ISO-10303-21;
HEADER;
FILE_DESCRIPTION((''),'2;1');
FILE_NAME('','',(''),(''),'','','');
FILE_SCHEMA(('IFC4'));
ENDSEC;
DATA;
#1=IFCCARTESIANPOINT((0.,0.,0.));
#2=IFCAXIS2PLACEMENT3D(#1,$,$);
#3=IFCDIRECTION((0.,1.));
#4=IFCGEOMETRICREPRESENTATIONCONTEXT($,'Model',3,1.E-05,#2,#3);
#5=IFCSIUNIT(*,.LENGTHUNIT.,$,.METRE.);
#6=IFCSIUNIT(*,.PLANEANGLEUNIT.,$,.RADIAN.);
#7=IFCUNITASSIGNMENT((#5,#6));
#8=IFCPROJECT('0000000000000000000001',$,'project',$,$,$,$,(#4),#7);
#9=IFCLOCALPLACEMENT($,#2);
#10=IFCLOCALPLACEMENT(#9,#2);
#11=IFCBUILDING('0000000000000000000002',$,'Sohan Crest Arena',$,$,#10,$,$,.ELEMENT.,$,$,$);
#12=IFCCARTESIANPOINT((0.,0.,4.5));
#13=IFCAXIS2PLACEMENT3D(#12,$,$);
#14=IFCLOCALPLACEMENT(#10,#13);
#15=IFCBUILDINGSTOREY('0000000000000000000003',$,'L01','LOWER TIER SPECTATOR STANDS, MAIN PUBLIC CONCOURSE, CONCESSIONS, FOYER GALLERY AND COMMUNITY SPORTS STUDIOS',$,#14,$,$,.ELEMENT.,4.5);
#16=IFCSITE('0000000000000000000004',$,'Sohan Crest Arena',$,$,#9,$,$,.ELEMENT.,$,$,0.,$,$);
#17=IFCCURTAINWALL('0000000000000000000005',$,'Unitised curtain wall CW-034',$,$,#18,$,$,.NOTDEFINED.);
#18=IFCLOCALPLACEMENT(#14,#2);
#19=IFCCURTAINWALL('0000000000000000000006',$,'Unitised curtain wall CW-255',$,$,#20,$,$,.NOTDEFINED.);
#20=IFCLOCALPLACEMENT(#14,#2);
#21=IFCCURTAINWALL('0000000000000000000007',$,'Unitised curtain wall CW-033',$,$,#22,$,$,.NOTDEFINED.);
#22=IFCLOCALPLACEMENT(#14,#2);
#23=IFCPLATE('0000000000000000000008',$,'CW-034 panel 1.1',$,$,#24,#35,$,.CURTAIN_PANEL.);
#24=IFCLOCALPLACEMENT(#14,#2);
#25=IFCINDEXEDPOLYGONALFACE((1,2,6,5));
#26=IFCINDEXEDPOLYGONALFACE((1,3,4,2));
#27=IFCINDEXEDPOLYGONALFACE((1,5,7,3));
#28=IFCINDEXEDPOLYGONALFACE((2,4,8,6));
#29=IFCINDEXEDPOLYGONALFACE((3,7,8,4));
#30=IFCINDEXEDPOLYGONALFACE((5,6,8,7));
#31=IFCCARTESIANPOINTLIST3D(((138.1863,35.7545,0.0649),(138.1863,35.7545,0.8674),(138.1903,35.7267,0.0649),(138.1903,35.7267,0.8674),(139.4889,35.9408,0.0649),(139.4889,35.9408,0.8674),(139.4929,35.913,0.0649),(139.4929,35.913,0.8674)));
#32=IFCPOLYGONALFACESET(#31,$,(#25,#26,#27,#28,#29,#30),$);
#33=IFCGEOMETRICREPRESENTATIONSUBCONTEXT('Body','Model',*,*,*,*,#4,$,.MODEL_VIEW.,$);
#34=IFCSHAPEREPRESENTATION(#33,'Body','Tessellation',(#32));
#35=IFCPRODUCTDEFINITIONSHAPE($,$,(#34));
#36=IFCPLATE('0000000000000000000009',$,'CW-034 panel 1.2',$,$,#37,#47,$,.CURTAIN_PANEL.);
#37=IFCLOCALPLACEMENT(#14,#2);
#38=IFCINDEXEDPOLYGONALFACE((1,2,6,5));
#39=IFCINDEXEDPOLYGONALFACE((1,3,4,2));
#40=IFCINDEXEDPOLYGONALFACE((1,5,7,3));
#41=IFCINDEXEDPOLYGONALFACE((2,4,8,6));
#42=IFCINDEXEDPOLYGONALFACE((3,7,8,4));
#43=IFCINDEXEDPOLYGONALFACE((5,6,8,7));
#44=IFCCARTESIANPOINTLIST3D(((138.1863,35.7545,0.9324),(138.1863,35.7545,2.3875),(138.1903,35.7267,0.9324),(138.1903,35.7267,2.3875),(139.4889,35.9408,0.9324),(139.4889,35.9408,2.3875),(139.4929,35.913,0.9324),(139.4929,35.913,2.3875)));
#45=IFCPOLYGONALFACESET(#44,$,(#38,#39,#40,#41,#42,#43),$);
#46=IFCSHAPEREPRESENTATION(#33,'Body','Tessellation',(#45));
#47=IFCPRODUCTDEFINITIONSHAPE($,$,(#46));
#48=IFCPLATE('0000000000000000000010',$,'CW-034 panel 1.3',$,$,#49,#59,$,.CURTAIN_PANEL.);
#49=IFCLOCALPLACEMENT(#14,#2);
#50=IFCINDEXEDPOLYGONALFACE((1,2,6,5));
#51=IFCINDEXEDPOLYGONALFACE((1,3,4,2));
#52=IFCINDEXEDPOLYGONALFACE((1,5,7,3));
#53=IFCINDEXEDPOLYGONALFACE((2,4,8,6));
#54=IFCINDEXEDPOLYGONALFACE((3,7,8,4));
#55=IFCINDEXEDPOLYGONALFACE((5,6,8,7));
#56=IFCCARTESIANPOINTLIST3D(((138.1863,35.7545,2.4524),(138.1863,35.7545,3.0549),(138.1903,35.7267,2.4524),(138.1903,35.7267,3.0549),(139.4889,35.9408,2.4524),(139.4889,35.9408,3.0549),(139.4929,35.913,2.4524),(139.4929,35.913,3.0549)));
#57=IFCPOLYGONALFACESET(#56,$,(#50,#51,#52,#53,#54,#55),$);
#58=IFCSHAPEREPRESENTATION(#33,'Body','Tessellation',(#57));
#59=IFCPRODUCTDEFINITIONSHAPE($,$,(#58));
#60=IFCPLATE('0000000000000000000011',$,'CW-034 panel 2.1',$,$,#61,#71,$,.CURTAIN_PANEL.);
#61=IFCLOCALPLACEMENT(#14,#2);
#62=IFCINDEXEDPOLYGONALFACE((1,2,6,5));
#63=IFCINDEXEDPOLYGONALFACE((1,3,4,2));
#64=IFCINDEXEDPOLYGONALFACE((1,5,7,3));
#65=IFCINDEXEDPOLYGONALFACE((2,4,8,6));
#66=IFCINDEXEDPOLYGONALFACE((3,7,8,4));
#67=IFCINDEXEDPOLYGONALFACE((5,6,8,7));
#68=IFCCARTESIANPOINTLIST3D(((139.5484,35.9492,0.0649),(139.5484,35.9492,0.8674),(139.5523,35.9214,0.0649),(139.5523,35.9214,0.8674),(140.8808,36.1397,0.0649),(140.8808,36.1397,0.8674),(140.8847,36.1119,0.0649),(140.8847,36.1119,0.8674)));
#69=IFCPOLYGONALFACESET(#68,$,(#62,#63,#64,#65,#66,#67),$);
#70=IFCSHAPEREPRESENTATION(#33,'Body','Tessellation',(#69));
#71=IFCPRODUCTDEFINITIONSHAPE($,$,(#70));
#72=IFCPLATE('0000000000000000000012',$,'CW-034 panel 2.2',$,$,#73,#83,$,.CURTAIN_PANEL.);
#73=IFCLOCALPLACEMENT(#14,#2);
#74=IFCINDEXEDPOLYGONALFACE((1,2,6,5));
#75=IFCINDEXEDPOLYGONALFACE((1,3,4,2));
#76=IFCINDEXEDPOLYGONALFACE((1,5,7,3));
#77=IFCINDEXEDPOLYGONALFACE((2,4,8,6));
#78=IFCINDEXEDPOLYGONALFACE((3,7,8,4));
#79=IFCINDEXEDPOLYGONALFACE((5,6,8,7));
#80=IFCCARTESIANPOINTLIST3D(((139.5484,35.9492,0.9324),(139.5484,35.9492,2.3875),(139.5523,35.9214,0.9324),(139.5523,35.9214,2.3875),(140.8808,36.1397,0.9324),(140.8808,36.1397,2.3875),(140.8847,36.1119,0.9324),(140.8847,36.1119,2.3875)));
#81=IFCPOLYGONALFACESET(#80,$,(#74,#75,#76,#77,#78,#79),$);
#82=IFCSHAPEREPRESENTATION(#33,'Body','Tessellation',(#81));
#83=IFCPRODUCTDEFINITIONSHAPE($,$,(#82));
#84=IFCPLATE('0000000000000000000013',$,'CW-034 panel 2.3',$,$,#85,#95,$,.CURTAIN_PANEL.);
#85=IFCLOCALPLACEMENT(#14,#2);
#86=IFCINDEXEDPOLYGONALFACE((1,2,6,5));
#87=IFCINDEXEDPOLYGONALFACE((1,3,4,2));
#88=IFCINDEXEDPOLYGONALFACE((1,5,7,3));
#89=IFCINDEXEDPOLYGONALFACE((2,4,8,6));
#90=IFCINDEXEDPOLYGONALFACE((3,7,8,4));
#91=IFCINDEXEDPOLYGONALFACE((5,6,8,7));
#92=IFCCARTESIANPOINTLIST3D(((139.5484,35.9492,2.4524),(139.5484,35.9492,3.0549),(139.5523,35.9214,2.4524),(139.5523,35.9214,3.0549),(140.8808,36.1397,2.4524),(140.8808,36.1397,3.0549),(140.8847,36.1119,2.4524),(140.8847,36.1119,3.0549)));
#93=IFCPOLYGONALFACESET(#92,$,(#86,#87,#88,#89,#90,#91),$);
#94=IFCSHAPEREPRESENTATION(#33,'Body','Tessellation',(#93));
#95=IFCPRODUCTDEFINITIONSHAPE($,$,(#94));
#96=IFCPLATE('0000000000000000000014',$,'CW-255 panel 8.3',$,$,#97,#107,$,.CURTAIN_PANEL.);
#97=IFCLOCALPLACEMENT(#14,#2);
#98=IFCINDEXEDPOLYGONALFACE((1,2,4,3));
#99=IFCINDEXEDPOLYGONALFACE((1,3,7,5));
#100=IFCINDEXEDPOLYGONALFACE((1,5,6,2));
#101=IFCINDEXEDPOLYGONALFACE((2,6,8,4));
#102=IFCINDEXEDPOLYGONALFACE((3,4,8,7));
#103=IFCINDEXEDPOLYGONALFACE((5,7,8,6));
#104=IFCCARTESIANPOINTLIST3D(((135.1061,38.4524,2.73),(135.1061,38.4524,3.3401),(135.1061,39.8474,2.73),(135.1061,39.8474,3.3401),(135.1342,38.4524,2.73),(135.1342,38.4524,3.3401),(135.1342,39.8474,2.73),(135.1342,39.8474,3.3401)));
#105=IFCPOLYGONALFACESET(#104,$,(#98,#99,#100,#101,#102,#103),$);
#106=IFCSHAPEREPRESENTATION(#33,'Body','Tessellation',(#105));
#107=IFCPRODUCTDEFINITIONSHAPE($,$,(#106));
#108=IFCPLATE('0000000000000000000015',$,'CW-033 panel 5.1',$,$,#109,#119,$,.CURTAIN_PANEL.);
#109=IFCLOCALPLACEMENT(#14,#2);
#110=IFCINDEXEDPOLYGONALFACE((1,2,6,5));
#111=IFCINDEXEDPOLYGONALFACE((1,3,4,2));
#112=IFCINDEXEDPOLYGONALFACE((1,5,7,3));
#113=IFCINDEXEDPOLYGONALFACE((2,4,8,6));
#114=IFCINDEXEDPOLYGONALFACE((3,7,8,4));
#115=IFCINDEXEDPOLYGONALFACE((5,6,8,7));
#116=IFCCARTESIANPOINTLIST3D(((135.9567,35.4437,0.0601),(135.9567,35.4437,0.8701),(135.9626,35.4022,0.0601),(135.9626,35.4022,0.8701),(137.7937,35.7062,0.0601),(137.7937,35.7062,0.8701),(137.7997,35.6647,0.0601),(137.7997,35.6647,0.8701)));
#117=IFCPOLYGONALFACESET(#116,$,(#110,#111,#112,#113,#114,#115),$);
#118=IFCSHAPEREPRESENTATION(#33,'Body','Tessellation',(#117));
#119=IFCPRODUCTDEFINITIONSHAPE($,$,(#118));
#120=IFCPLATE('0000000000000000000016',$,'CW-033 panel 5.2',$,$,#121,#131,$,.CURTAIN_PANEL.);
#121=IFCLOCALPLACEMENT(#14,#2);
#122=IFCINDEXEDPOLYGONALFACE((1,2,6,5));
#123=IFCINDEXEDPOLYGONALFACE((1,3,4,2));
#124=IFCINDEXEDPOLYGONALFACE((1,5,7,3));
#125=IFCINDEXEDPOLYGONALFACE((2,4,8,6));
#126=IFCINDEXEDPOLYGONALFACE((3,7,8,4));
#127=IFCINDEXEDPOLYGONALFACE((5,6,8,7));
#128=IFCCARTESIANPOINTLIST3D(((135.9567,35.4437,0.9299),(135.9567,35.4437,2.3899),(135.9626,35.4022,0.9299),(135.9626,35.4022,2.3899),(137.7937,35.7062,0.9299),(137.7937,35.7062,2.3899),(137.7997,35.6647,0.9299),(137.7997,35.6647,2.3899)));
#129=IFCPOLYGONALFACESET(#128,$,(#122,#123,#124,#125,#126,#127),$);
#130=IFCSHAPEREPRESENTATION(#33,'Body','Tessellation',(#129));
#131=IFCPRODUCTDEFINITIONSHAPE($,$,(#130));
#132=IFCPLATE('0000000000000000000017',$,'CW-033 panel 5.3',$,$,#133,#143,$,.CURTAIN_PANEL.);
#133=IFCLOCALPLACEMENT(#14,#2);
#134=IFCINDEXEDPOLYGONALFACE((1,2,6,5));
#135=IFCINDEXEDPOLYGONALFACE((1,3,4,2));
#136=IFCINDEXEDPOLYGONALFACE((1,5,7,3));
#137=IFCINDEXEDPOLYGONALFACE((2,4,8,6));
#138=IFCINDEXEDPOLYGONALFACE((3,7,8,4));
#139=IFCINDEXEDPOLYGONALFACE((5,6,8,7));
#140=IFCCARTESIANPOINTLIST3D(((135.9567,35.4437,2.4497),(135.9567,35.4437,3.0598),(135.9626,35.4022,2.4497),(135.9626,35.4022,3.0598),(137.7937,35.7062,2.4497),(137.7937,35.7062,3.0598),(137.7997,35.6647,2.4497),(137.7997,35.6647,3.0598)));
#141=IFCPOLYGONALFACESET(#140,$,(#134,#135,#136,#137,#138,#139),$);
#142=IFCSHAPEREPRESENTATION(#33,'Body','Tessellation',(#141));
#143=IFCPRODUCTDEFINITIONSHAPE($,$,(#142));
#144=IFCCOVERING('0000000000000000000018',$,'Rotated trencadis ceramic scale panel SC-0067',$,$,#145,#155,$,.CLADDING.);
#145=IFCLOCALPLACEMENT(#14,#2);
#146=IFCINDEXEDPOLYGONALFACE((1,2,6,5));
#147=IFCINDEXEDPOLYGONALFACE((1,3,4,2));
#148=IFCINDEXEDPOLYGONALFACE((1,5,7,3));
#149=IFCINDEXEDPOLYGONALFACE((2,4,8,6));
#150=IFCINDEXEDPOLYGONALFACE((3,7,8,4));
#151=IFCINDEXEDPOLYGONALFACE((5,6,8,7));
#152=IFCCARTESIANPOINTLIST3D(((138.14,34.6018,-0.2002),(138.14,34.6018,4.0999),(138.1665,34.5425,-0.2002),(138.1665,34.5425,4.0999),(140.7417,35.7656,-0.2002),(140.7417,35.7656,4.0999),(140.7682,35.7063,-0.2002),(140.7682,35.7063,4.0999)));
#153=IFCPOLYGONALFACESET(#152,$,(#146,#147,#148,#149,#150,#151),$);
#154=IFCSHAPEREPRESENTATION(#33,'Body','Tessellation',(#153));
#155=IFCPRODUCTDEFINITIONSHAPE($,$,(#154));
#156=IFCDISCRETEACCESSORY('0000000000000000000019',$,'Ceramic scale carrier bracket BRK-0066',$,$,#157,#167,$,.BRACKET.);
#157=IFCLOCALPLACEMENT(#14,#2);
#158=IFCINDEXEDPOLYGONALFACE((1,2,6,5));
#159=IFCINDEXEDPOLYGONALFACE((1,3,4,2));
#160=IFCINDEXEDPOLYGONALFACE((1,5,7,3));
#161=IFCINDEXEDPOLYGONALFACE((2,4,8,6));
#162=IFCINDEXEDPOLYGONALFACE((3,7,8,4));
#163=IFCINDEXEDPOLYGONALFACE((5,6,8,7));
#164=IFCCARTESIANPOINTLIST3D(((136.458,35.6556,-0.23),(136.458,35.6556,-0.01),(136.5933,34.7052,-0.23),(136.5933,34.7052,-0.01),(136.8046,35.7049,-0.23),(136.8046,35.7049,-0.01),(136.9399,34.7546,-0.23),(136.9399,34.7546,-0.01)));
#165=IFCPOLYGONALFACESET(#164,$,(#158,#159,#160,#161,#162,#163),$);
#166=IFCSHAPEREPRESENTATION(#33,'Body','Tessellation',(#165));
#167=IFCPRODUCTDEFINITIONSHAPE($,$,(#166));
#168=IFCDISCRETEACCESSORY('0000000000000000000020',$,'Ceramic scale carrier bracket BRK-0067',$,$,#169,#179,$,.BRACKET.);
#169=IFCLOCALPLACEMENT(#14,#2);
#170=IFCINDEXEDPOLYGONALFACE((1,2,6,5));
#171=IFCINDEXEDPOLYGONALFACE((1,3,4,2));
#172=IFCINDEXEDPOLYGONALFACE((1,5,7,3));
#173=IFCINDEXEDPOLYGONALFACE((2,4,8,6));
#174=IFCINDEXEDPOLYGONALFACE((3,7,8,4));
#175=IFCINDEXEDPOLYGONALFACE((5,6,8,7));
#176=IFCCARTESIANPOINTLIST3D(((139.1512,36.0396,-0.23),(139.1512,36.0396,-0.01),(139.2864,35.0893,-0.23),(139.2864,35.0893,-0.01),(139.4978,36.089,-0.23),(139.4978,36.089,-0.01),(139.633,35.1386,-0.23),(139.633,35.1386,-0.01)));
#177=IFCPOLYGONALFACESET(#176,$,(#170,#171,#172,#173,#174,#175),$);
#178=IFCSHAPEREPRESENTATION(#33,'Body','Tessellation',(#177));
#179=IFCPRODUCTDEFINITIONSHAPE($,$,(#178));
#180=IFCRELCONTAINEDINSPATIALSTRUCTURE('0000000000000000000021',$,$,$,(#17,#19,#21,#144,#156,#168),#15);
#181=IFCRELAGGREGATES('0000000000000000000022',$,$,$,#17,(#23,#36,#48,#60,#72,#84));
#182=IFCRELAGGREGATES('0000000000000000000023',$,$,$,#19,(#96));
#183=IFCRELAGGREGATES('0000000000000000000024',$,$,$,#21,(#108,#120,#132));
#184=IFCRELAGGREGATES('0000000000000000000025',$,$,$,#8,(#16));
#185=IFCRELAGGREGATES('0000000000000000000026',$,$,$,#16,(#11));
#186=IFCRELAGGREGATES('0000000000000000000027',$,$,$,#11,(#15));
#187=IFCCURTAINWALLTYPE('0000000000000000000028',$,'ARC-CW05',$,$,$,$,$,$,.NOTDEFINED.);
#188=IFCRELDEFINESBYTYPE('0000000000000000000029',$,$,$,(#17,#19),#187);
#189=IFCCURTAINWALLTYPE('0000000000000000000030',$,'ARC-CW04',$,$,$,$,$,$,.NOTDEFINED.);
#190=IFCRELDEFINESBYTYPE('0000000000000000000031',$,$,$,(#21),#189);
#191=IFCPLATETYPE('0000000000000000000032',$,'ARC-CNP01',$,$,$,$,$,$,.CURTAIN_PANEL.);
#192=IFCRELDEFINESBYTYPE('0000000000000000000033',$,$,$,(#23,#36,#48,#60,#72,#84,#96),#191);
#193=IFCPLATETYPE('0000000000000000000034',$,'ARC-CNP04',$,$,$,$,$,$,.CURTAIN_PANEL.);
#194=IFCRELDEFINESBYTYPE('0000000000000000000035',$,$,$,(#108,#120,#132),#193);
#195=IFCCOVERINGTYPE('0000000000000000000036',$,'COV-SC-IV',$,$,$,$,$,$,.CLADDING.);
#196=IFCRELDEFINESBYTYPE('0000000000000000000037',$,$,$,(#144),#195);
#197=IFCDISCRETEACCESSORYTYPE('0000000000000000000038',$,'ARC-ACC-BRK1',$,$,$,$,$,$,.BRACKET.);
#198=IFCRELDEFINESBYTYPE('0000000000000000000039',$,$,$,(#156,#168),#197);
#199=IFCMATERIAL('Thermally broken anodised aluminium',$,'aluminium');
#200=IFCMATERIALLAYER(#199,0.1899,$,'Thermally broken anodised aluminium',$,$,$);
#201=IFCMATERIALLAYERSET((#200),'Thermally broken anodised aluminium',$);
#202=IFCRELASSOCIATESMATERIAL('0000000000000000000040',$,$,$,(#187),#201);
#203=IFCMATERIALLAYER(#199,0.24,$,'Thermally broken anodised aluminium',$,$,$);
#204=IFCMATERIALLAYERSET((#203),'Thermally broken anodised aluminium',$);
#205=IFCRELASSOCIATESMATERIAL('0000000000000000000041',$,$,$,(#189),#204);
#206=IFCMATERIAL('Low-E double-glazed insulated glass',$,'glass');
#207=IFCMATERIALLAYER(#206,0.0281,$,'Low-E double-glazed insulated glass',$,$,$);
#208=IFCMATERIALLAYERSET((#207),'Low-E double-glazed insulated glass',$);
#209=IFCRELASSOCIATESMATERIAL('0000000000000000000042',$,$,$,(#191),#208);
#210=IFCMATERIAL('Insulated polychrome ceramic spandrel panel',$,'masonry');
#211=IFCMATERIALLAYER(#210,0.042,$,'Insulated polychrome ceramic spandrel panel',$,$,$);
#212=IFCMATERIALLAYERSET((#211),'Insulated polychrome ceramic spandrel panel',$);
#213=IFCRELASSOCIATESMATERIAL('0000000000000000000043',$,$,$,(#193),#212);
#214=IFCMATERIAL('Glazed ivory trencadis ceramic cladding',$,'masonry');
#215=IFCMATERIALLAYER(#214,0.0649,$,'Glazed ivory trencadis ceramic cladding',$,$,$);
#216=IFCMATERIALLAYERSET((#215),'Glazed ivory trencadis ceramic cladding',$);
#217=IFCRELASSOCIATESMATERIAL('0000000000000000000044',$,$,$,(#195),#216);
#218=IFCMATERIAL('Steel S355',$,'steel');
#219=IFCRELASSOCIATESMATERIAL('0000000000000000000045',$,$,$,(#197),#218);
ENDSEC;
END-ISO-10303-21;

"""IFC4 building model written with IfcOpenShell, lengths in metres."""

from ifc_helpers import new_model, si_unit, direction, frame, origin, origin_2d, place, context, subcontext, project, spatial, rectangle, extrude, material, layer, layer_set, type_object, element, aggregate, save


model = new_model("IFC4")

# Units and contexts
model_context = context("Model", 3, precision=1e-05, world=origin(), true_north=direction((0.0, 1.0)))
body_context = subcontext(model_context, "Body", "Model", "MODEL_VIEW")
ifc_project = project(units=[si_unit("LENGTHUNIT", "METRE"), si_unit("PLANEANGLEUNIT", "RADIAN")], contexts=[model_context])

# Site, building, storey
site_placement = place(None, origin())
site = spatial("IfcSite", under=ifc_project, at=site_placement, Name="Sohan Crest Arena", CompositionType="ELEMENT", RefElevation=0.0)
building_placement = place(site_placement, origin())
building = spatial("IfcBuilding", under=site, at=building_placement, Name="Sohan Crest Arena", CompositionType="ELEMENT")
storey_placement = place(building_placement, frame((0.0, 0.0, 4.5)))
storey = spatial("IfcBuildingStorey", under=building, at=storey_placement, Name="L01", Description="LOWER TIER SPECTATOR STANDS, MAIN PUBLIC CONCOURSE, CONCESSIONS, FOYER GALLERY AND COMMUNITY SPORTS STUDIOS", CompositionType="ELEMENT", Elevation=4.5)

# Shared definitions
ifc_material_1 = material(Name="Steel S355", Category="steel")

# Curtain wall
ifc_material_2 = material(Name="Thermally broken anodised aluminium", Category="aluminium")
ifc_layer_1 = layer(ifc_material_2, 0.1899, Name="Thermally broken anodised aluminium")
ifc_layer_set_1 = layer_set([ifc_layer_1], Name="Thermally broken anodised aluminium")
curtain_wall_type_1 = type_object("IfcCurtainWallType", Name="ARC-CW05", PredefinedType="NOTDEFINED", material=ifc_layer_set_1)
curtain_wall_1_placement = place(storey_placement, origin())
curtain_wall_1 = element("IfcCurtainWall", 1, at=curtain_wall_1_placement, inside=storey, type_object=curtain_wall_type_1, Name="Unitised curtain wall CW-034", PredefinedType="NOTDEFINED")

# Curtain wall
curtain_wall_2_placement = place(storey_placement, origin())
curtain_wall_2 = element("IfcCurtainWall", 2, at=curtain_wall_2_placement, inside=storey, type_object=curtain_wall_type_1, Name="Unitised curtain wall CW-255", PredefinedType="NOTDEFINED")

# Curtain wall
ifc_layer_2 = layer(ifc_material_2, 0.24, Name="Thermally broken anodised aluminium")
ifc_layer_set_2 = layer_set([ifc_layer_2], Name="Thermally broken anodised aluminium")
curtain_wall_type_2 = type_object("IfcCurtainWallType", Name="ARC-CW04", PredefinedType="NOTDEFINED", material=ifc_layer_set_2)
curtain_wall_3_placement = place(storey_placement, origin())
curtain_wall_3 = element("IfcCurtainWall", 3, at=curtain_wall_3_placement, inside=storey, type_object=curtain_wall_type_2, Name="Unitised curtain wall CW-033", PredefinedType="NOTDEFINED")

# Plates
ifc_material_3 = material(Name="Low-E double-glazed insulated glass", Category="glass")
ifc_layer_3 = layer(ifc_material_3, 0.0281, Name="Low-E double-glazed insulated glass")
ifc_layer_set_3 = layer_set([ifc_layer_3], Name="Low-E double-glazed insulated glass")
plate_type_1 = type_object("IfcPlateType", Name="ARC-CNP01", PredefinedType="CURTAIN_PANEL", material=ifc_layer_set_3)
plate_1_placement = place(storey_placement, frame((138.8396, 35.8337, 0.0649), z_axis=(0.0, 0.0, 1.0), x_axis=(0.989931, 0.141549, 0.0)))
plate_1 = element("IfcPlate", 4, at=plate_1_placement, type_object=plate_type_1, Name="CW-034 panel 1.1", PredefinedType="CURTAIN_PANEL", context=body_context, shape_type="SweptSolid", body=[
    extrude(rectangle(XDim=1.3159, YDim=0.0281, at=origin_2d()), origin(), (0.0, 0.0, 1.0), 0.8025),
])
plate_2_placement = place(storey_placement, frame((138.8396, 35.8337, 0.9324), z_axis=(0.0, 0.0, 1.0), x_axis=(0.989931, 0.141549, 0.0)))
plate_2 = element("IfcPlate", 5, at=plate_2_placement, type_object=plate_type_1, Name="CW-034 panel 1.2", PredefinedType="CURTAIN_PANEL", context=body_context, shape_type="SweptSolid", body=[
    extrude(rectangle(XDim=1.3159, YDim=0.0281, at=origin_2d()), origin(), (0.0, 0.0, 1.0), 1.4551),
])
plate_3_placement = place(storey_placement, frame((138.8396, 35.8337, 2.4524), z_axis=(0.0, 0.0, 1.0), x_axis=(0.989931, 0.141549, 0.0)))
plate_3 = element("IfcPlate", 6, at=plate_3_placement, type_object=plate_type_1, Name="CW-034 panel 1.3", PredefinedType="CURTAIN_PANEL", context=body_context, shape_type="SweptSolid", body=[
    extrude(rectangle(XDim=1.3159, YDim=0.0281, at=origin_2d()), origin(), (0.0, 0.0, 1.0), 0.6025),
])
plate_4_placement = place(storey_placement, frame((140.2166, 36.0305, 0.0649), z_axis=(0.0, 0.0, 1.0), x_axis=(0.989931, 0.141549, 0.0)))
plate_4 = element("IfcPlate", 7, at=plate_4_placement, type_object=plate_type_1, Name="CW-034 panel 2.1", PredefinedType="CURTAIN_PANEL", context=body_context, shape_type="SweptSolid", body=[
    extrude(rectangle(XDim=1.3459, YDim=0.0281, at=origin_2d()), origin(), (0.0, 0.0, 1.0), 0.8025),
])
plate_5_placement = place(storey_placement, frame((140.2166, 36.0305, 0.9324), z_axis=(0.0, 0.0, 1.0), x_axis=(0.989931, 0.141549, 0.0)))
plate_5 = element("IfcPlate", 8, at=plate_5_placement, type_object=plate_type_1, Name="CW-034 panel 2.2", PredefinedType="CURTAIN_PANEL", context=body_context, shape_type="SweptSolid", body=[
    extrude(rectangle(XDim=1.3459, YDim=0.0281, at=origin_2d()), origin(), (0.0, 0.0, 1.0), 1.4551),
])
plate_6_placement = place(storey_placement, frame((140.2166, 36.0305, 2.4524), z_axis=(0.0, 0.0, 1.0), x_axis=(0.989931, 0.141549, 0.0)))
plate_6 = element("IfcPlate", 9, at=plate_6_placement, type_object=plate_type_1, Name="CW-034 panel 2.3", PredefinedType="CURTAIN_PANEL", context=body_context, shape_type="SweptSolid", body=[
    extrude(rectangle(XDim=1.3459, YDim=0.0281, at=origin_2d()), origin(), (0.0, 0.0, 1.0), 0.6025),
])
aggregate(curtain_wall_1, [plate_1, plate_2, plate_3, plate_4, plate_5, plate_6])
plate_7_placement = place(storey_placement, frame((135.1201, 39.1499, 2.73), z_axis=(0.0, 0.0, 1.0), x_axis=(0.0, 1.0, 0.0)))
plate_7 = element("IfcPlate", 10, at=plate_7_placement, type_object=plate_type_1, Name="CW-255 panel 8.3", PredefinedType="CURTAIN_PANEL", context=body_context, shape_type="SweptSolid", body=[
    extrude(rectangle(XDim=1.395, YDim=0.0281, at=origin_2d()), origin(), (0.0, 0.0, 1.0), 0.6101),
])
aggregate(curtain_wall_2, [plate_7])
ifc_material_4 = material(Name="Insulated polychrome ceramic spandrel panel", Category="masonry")
ifc_layer_4 = layer(ifc_material_4, 0.042, Name="Insulated polychrome ceramic spandrel panel")
ifc_layer_set_4 = layer_set([ifc_layer_4], Name="Insulated polychrome ceramic spandrel panel")
plate_type_2 = type_object("IfcPlateType", Name="ARC-CNP04", PredefinedType="CURTAIN_PANEL", material=ifc_layer_set_4)
plate_8_placement = place(storey_placement, frame((136.8782, 35.5542, 0.0601), z_axis=(0.0, 0.0, 1.0), x_axis=(0.989945, 0.14145, 0.0)))
plate_8 = element("IfcPlate", 11, at=plate_8_placement, type_object=plate_type_2, Name="CW-033 panel 5.1", PredefinedType="CURTAIN_PANEL", context=body_context, shape_type="SweptSolid", body=[
    extrude(rectangle(XDim=1.8557, YDim=0.042, at=origin_2d()), origin(), (0.0, 0.0, 1.0), 0.8101),
])
plate_9_placement = place(storey_placement, frame((136.8782, 35.5542, 0.9299), z_axis=(0.0, 0.0, 1.0), x_axis=(0.989945, 0.14145, 0.0)))
plate_9 = element("IfcPlate", 12, at=plate_9_placement, type_object=plate_type_2, Name="CW-033 panel 5.2", PredefinedType="CURTAIN_PANEL", context=body_context, shape_type="SweptSolid", body=[
    extrude(rectangle(XDim=1.8557, YDim=0.042, at=origin_2d()), origin(), (0.0, 0.0, 1.0), 1.46),
])
plate_10_placement = place(storey_placement, frame((136.8782, 35.5542, 2.4497), z_axis=(0.0, 0.0, 1.0), x_axis=(0.989945, 0.14145, 0.0)))
plate_10 = element("IfcPlate", 13, at=plate_10_placement, type_object=plate_type_2, Name="CW-033 panel 5.3", PredefinedType="CURTAIN_PANEL", context=body_context, shape_type="SweptSolid", body=[
    extrude(rectangle(XDim=1.8557, YDim=0.042, at=origin_2d()), origin(), (0.0, 0.0, 1.0), 0.6101),
])
aggregate(curtain_wall_3, [plate_8, plate_9, plate_10])

# Covering
ifc_material_5 = material(Name="Glazed ivory trencadis ceramic cladding", Category="masonry")
ifc_layer_5 = layer(ifc_material_5, 0.0649, Name="Glazed ivory trencadis ceramic cladding")
ifc_layer_set_5 = layer_set([ifc_layer_5], Name="Glazed ivory trencadis ceramic cladding")
covering_type = type_object("IfcCoveringType", Name="COV-SC-IV", PredefinedType="CLADDING", material=ifc_layer_set_5)
covering_placement = place(storey_placement, frame((139.4541, 35.1541, -0.2002), z_axis=(0.0, 0.0, 1.0), x_axis=(0.912834, 0.40833, 0.0)))
element("IfcCovering", 14, at=covering_placement, inside=storey, type_object=covering_type, Name="Rotated trencadis ceramic scale panel SC-0067", PredefinedType="CLADDING", context=body_context, shape_type="SweptSolid", body=[
    extrude(rectangle(XDim=2.8501, YDim=0.0649, at=origin_2d()), origin(), (0.0, 0.0, 1.0), 4.3),
])

# Discrete accessories
discrete_accessory_type = type_object("IfcDiscreteAccessoryType", Name="ARC-ACC-BRK1", PredefinedType="BRACKET", material=ifc_material_1)
for number, where, z_axis, x_axis, name in (
    (15, (136.699, 35.2051, -0.23), (0.0, 0.0, 1.0), (0.990024, 0.140901, 0.0), "Ceramic scale carrier bracket BRK-0066"),
    (16, (139.3921, 35.5891, -0.23), (0.0, 0.0, 1.0), (0.990024, 0.140901, 0.0), "Ceramic scale carrier bracket BRK-0067"),
):
    element("IfcDiscreteAccessory", number, at=place(storey_placement, frame(where, z_axis=z_axis, x_axis=x_axis)), inside=storey, type_object=discrete_accessory_type, Name=name, PredefinedType="BRACKET", context=body_context, shape_type="SweptSolid", body=[
        extrude(rectangle(XDim=0.3501, YDim=0.96, at=origin_2d()), origin(), (0.0, 0.0, 1.0), 0.22),
    ])

save(model, "model.ifc")
